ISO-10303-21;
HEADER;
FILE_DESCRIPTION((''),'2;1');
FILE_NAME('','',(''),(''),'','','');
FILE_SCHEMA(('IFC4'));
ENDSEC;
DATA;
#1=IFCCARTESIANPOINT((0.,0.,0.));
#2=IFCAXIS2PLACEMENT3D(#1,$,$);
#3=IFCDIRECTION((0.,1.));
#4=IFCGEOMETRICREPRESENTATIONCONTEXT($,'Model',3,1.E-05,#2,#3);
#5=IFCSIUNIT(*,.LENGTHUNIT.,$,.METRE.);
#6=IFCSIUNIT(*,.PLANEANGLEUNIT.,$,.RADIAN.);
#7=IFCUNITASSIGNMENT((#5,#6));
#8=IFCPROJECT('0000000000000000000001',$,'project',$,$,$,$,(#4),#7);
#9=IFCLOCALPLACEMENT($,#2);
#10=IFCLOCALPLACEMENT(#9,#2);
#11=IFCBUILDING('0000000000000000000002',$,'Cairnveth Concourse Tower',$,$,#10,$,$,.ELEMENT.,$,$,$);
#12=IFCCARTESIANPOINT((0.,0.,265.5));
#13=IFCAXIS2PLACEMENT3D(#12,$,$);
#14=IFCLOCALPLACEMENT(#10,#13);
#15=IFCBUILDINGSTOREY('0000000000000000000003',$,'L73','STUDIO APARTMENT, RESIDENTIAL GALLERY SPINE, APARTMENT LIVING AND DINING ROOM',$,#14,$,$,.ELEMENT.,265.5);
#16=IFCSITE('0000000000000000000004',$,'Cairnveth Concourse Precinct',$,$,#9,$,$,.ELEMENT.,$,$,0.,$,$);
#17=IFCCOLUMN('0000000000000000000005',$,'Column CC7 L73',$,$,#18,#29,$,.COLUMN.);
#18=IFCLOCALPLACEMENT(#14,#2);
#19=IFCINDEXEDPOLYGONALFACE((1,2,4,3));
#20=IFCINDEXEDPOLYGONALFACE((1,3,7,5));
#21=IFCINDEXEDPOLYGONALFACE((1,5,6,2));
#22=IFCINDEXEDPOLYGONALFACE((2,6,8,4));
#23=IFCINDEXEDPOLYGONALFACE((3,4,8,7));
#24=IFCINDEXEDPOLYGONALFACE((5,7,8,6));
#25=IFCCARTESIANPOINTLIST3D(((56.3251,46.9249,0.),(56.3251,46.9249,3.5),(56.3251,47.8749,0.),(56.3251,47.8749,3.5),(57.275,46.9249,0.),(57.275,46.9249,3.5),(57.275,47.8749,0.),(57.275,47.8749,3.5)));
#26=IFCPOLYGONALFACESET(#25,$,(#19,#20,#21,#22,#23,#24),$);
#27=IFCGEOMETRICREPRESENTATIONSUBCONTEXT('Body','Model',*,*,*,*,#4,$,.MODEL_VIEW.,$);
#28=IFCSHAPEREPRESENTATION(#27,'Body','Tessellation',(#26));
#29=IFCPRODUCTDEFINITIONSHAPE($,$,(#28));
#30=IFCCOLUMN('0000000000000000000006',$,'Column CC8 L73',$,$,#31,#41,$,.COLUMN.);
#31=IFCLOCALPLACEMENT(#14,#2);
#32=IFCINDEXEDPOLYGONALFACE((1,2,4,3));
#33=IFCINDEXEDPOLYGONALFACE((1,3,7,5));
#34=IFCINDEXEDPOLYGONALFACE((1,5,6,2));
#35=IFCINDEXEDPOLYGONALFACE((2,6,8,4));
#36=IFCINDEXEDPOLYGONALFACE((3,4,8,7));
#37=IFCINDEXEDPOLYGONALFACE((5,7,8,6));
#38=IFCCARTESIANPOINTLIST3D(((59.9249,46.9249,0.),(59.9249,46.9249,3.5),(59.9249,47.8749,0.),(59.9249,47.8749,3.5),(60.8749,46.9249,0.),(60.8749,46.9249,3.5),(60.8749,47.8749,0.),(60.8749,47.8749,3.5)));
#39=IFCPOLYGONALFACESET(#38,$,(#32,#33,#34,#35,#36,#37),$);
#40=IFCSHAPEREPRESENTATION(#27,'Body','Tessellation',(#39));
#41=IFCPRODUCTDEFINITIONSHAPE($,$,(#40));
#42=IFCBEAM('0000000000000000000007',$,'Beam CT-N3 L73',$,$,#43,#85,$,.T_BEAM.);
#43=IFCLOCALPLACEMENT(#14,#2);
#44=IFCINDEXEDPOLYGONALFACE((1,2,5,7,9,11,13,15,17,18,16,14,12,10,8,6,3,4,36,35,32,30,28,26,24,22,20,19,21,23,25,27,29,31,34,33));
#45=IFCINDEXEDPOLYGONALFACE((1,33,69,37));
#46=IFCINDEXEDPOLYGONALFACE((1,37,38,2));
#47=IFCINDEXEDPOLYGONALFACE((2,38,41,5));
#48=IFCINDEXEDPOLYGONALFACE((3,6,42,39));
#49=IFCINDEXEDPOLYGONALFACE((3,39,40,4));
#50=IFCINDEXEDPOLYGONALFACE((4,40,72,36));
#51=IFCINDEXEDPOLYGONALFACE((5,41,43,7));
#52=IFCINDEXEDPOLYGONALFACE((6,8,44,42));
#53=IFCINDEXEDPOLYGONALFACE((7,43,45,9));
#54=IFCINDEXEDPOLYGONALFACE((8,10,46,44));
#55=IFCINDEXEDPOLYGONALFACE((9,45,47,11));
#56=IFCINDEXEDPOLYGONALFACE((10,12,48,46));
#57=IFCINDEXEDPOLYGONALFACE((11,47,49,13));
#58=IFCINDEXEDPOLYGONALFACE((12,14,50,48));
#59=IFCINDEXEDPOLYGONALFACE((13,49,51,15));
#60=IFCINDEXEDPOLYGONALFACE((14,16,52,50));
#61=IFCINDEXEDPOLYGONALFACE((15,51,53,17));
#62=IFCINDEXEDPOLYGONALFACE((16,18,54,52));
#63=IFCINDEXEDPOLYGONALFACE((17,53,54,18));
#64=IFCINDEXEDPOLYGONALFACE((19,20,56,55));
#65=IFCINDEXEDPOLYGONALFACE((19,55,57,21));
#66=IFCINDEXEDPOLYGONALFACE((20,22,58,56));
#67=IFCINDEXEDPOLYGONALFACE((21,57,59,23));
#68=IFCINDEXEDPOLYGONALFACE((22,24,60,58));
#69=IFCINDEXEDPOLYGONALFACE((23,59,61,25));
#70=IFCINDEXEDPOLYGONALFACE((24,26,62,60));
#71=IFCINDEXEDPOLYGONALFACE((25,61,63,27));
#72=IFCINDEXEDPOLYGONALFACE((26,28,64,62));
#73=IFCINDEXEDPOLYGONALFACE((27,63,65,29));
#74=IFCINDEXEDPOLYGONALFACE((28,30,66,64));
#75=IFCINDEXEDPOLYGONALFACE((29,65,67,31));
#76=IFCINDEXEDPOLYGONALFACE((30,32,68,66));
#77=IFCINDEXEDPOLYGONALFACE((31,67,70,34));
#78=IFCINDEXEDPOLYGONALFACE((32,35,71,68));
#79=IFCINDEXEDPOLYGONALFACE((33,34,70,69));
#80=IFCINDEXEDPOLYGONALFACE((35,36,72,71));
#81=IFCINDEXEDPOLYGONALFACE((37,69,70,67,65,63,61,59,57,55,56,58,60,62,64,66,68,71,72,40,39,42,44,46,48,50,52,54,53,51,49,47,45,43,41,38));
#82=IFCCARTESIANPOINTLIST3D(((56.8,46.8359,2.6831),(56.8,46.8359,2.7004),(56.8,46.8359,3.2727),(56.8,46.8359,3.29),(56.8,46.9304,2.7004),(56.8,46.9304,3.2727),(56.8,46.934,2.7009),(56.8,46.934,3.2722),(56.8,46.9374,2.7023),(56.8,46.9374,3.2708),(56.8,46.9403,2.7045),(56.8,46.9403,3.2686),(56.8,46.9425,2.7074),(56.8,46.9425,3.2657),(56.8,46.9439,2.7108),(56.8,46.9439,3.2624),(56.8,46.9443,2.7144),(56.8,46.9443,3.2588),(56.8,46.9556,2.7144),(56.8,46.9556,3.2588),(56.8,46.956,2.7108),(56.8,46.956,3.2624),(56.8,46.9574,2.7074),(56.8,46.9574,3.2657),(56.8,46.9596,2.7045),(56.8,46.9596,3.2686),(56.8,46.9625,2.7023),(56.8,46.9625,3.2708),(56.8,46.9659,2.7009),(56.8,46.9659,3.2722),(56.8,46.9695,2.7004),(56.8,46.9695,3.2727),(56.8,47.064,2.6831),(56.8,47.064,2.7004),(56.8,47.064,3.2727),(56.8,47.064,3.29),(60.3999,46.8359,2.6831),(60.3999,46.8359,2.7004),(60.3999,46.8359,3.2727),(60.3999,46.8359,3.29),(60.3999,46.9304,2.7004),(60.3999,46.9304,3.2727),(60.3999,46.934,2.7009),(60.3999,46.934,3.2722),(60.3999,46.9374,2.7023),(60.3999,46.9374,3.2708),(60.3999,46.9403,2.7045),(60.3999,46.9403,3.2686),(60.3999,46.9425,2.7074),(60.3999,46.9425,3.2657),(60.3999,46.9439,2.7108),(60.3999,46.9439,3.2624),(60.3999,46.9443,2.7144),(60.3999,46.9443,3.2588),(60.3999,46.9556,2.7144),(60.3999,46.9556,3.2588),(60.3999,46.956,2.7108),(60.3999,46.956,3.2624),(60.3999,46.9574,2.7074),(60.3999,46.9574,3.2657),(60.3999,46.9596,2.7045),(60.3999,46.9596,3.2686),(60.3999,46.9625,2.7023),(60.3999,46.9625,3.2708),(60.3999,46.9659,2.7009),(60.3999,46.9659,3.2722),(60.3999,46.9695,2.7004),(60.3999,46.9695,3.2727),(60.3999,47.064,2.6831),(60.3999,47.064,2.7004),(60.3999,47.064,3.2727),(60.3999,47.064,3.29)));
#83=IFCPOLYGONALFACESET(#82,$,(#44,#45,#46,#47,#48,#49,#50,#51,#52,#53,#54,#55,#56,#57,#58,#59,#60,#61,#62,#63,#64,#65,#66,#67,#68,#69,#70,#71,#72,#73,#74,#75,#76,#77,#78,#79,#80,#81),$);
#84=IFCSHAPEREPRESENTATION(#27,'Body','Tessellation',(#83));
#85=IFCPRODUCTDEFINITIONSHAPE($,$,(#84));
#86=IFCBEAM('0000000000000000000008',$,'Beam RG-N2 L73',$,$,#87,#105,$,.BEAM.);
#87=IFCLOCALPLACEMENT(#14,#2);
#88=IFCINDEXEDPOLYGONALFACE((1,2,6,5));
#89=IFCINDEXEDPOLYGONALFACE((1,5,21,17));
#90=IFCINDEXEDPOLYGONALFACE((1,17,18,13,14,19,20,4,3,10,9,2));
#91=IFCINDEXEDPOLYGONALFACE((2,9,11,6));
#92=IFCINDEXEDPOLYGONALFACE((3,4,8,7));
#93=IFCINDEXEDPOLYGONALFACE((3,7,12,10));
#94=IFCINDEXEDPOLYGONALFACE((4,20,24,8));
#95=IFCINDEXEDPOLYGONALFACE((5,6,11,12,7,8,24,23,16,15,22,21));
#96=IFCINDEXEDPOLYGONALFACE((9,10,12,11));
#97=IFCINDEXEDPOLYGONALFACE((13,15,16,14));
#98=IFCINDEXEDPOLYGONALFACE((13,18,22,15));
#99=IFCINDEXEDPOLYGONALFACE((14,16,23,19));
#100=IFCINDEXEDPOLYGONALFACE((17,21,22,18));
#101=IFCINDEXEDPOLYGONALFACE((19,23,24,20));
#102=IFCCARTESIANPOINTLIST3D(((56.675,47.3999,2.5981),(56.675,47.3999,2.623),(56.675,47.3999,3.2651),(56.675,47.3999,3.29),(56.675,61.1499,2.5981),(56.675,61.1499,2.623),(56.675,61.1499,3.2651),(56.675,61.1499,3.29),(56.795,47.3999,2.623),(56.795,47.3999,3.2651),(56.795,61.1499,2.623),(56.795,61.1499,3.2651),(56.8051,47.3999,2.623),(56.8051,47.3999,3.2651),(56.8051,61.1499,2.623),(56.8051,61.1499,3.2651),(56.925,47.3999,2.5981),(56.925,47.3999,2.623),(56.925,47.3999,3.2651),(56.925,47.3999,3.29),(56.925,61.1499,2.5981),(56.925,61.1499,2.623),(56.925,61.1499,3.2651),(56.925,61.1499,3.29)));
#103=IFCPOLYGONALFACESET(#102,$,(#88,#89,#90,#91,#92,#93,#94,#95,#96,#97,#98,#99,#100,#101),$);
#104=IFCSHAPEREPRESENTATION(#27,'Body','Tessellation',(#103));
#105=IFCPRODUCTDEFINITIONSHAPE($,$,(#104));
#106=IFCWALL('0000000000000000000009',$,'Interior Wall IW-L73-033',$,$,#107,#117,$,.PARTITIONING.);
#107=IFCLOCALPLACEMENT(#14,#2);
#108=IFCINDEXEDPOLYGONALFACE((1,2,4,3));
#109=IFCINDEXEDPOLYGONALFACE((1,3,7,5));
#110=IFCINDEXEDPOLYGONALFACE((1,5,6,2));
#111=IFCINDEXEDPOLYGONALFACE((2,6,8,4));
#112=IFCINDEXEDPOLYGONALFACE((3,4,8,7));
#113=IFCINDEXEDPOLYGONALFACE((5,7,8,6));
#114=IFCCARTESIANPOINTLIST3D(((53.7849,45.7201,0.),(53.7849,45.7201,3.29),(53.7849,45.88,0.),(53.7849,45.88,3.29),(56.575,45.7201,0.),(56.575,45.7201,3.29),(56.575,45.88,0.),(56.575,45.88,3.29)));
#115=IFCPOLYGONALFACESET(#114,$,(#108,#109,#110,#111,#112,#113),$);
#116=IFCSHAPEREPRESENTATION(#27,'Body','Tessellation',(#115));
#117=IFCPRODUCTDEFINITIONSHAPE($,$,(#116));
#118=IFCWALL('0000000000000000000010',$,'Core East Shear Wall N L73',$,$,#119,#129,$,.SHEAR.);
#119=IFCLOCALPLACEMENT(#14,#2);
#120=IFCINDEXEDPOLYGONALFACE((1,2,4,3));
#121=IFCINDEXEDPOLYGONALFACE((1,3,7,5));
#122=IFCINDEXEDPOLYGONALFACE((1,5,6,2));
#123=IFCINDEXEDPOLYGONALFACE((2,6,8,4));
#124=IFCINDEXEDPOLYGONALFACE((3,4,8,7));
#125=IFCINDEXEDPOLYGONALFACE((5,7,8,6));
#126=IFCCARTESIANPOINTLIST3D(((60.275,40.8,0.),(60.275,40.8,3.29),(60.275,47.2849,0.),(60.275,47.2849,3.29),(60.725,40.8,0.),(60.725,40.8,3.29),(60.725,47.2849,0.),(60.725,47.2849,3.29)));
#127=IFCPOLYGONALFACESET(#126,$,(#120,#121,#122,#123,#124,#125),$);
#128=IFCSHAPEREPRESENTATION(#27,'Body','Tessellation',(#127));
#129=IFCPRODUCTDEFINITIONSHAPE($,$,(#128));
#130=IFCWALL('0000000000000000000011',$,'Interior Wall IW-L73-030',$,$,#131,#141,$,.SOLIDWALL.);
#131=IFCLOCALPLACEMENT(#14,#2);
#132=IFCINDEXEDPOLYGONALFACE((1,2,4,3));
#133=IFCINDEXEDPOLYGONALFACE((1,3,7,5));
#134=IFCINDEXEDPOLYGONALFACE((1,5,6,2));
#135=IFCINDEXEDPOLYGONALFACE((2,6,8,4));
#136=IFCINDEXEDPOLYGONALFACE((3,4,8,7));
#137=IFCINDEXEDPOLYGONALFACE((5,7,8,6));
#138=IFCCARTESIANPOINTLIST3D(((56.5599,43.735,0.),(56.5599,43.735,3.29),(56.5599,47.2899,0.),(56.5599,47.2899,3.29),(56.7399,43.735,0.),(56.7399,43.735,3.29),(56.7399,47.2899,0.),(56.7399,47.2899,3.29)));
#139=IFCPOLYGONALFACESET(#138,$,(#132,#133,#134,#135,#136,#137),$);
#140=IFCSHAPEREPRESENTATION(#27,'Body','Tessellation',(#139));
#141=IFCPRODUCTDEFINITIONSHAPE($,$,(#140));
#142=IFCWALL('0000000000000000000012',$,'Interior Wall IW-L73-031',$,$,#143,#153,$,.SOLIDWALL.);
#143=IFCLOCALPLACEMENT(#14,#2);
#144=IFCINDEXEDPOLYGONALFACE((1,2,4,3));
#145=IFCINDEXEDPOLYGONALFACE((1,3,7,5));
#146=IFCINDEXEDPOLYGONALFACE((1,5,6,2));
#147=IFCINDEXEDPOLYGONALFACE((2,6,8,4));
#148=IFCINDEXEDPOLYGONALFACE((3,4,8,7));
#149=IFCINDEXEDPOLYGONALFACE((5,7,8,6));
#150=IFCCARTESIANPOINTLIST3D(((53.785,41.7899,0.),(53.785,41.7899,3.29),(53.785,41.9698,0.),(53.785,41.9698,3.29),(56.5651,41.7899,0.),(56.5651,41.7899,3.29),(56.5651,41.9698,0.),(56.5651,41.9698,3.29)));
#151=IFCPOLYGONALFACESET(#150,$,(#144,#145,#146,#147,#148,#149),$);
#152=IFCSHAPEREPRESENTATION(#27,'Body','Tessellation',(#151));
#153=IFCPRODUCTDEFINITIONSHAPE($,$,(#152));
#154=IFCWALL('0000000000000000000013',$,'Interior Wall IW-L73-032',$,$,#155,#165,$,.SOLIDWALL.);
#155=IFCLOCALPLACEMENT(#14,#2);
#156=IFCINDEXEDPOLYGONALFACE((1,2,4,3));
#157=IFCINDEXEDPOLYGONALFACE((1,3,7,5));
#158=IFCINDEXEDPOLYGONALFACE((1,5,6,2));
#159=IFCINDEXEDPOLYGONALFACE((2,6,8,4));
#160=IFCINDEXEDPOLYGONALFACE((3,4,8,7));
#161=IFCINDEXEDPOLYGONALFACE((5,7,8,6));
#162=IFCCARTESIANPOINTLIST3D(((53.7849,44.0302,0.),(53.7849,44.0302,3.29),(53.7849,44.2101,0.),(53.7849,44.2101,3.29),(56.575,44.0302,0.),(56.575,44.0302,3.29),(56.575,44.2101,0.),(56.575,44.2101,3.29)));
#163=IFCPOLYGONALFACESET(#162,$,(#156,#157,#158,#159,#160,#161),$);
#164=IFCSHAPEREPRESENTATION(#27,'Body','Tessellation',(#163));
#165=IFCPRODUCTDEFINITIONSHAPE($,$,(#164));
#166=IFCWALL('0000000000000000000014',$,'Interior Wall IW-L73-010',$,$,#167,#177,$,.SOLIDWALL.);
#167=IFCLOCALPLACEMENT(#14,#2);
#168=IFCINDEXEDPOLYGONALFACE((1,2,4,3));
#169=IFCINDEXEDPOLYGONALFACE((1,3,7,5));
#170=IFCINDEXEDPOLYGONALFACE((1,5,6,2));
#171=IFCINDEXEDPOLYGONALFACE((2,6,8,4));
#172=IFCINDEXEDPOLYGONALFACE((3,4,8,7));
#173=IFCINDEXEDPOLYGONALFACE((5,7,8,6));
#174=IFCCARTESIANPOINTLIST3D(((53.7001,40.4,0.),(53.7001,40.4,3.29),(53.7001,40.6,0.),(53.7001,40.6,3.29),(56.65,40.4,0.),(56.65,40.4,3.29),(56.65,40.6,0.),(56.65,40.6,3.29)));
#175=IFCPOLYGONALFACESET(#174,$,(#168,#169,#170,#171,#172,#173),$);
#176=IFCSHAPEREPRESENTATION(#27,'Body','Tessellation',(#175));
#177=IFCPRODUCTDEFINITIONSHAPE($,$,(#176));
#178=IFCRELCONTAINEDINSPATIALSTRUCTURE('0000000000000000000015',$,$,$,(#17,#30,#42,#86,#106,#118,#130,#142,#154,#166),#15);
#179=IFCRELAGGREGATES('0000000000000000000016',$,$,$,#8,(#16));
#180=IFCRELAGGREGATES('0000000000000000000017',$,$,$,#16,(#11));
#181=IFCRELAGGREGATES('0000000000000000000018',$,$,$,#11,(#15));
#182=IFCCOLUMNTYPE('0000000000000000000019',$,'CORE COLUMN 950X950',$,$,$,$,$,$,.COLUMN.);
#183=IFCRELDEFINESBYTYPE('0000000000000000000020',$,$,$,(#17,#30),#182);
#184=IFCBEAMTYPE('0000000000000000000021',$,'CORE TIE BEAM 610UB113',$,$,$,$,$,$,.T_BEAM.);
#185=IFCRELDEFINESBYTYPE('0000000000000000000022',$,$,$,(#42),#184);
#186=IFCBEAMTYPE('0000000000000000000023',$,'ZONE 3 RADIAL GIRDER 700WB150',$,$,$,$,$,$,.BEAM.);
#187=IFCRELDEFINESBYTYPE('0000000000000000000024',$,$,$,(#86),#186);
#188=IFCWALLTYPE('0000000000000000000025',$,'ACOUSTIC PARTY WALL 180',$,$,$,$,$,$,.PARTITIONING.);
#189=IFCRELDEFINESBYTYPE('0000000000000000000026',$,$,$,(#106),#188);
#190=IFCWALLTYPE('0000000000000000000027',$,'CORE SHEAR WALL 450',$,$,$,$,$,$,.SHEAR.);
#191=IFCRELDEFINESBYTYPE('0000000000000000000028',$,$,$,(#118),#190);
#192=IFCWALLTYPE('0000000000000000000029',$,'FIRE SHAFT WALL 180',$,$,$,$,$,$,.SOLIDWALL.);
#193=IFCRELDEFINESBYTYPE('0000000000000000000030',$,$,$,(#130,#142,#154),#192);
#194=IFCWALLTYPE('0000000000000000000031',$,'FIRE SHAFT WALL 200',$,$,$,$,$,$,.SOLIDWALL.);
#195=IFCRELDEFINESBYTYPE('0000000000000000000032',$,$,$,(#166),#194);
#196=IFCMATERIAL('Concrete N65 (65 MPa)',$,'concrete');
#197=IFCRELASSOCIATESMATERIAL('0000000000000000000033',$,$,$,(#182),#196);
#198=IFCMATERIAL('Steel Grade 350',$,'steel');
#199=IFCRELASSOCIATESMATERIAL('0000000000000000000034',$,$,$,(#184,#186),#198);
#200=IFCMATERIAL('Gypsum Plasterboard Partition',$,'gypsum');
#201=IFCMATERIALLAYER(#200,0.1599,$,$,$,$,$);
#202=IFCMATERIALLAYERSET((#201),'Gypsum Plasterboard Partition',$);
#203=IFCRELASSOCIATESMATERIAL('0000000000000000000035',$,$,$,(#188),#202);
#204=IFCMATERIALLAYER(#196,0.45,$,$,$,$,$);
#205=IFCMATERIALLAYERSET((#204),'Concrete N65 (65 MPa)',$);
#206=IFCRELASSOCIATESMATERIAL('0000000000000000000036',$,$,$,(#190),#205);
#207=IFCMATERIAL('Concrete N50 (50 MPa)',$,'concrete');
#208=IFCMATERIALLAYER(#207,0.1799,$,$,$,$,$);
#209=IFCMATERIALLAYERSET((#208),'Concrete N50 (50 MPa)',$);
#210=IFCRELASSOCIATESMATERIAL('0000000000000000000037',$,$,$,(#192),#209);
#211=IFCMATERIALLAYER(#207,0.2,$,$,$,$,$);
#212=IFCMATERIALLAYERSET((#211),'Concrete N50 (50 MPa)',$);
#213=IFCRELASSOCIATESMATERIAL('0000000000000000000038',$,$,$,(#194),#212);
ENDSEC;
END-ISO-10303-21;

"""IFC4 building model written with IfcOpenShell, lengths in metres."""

from ifc_helpers import new_model, si_unit, direction, frame, frame_2d, origin, origin_2d, place, context, subcontext, project, spatial, rectangle, i_section, extrude, material, layer, layer_set, material_profile, profile_set, type_object, element, save


model = new_model("IFC4")

# Units and contexts
model_context = context("Model", 3, precision=1e-05, world=origin(), true_north=direction((0.0, 1.0)))
body_context = subcontext(model_context, "Body", "Model", "MODEL_VIEW")
ifc_project = project(units=[si_unit("LENGTHUNIT", "METRE"), si_unit("PLANEANGLEUNIT", "RADIAN")], contexts=[model_context])

# Site, building, storey
site_placement = place(None, origin())
site = spatial("IfcSite", under=ifc_project, at=site_placement, Name="Cairnveth Concourse Precinct", CompositionType="ELEMENT", RefElevation=0.0)
building_placement = place(site_placement, origin())
building = spatial("IfcBuilding", under=site, at=building_placement, Name="Cairnveth Concourse Tower", CompositionType="ELEMENT")
storey_placement = place(building_placement, frame((0.0, 0.0, 265.5)))
storey = spatial("IfcBuildingStorey", under=building, at=storey_placement, Name="L73", Description="STUDIO APARTMENT, RESIDENTIAL GALLERY SPINE, APARTMENT LIVING AND DINING ROOM", CompositionType="ELEMENT", Elevation=265.5)

# Columns
ifc_material_1 = material(Name="Concrete N65 (65 MPa)", Category="concrete")
ifc_material_profile_1 = material_profile(ifc_material_1, rectangle(XDim=0.95, YDim=0.95, at=origin_2d()), Name="RC-COL-950x950")
ifc_profile_set_1 = profile_set([ifc_material_profile_1], Name="Concrete N65 (65 MPa)")
column_type = type_object("IfcColumnType", Name="CORE COLUMN 950X950", PredefinedType="COLUMN", material=ifc_profile_set_1)
for number, where, z_axis, x_axis, name in (
    (1, (56.8, 47.3999, 0.0), (0.0, 0.0, 1.0), (1.0, 0.0, 0.0), "Column CC7 L73"),
    (2, (60.3999, 47.3999, 0.0), (0.0, 0.0, 1.0), (1.0, 0.0, 0.0), "Column CC8 L73"),
):
    element("IfcColumn", number, at=place(storey_placement, frame(where, z_axis=z_axis, x_axis=x_axis)), inside=storey, type_object=column_type, Name=name, PredefinedType="COLUMN", context=body_context, shape_type="SweptSolid", body=[
        extrude(rectangle(XDim=0.95, YDim=0.95, at=origin_2d()), origin(), (0.0, 0.0, 1.0), 3.5),
    ])

# Beams
ifc_material_2 = material(Name="Steel Grade 350", Category="steel")
ifc_material_profile_2 = material_profile(ifc_material_2, i_section(OverallWidth=0.228, OverallDepth=0.6069, WebThickness=0.0112, FlangeThickness=0.0173, FilletRadius=0.0139, at=origin_2d()), Name="610UB113")
ifc_profile_set_2 = profile_set([ifc_material_profile_2], Name="Steel Grade 350")
beam_type_1 = type_object("IfcBeamType", Name="CORE TIE BEAM 610UB113", PredefinedType="T_BEAM", material=ifc_profile_set_2)
beam_1_placement = place(storey_placement, frame((56.8, 46.95, 2.9866), z_axis=(1.0, 0.0, 0.0), x_axis=(0.0, 1.0, 0.0)))
element("IfcBeam", 3, at=beam_1_placement, inside=storey, type_object=beam_type_1, Name="Beam CT-N3 L73", PredefinedType="T_BEAM", context=body_context, shape_type="SweptSolid", body=[
    extrude(i_section(OverallWidth=0.228, OverallDepth=0.6069, WebThickness=0.0112, FlangeThickness=0.0173, FilletRadius=0.0139, at=origin_2d()), origin(), (0.0, 0.0, 1.0), 3.5999),
])
ifc_material_profile_3 = material_profile(ifc_material_2, i_section(OverallWidth=0.25, OverallDepth=0.6919, WebThickness=0.01, FlangeThickness=0.0249, at=origin_2d()), Name="700WB150")
ifc_profile_set_3 = profile_set([ifc_material_profile_3], Name="Steel Grade 350")
beam_type_2 = type_object("IfcBeamType", Name="ZONE 3 RADIAL GIRDER 700WB150", PredefinedType="BEAM", material=ifc_profile_set_3)
beam_2_placement = place(storey_placement, frame((56.8, 47.3999, 2.9441), z_axis=(0.0, 1.0, 0.0), x_axis=(-1.0, 0.0, 0.0)))
element("IfcBeam", 4, at=beam_2_placement, inside=storey, type_object=beam_type_2, Name="Beam RG-N2 L73", PredefinedType="BEAM", context=body_context, shape_type="SweptSolid", body=[
    extrude(i_section(OverallWidth=0.25, OverallDepth=0.6919, WebThickness=0.01, FlangeThickness=0.0249, at=origin_2d()), origin(), (0.0, 0.0, 1.0), 13.75),
])

# Walls
ifc_material_3 = material(Name="Gypsum Plasterboard Partition", Category="gypsum")
ifc_layer_1 = layer(ifc_material_3, 0.1599)
ifc_layer_set_1 = layer_set([ifc_layer_1], Name="Gypsum Plasterboard Partition")
wall_type_1 = type_object("IfcWallType", Name="ACOUSTIC PARTY WALL 180", PredefinedType="PARTITIONING", material=ifc_layer_set_1)
wall_1_placement = place(storey_placement, frame((53.7849, 45.8, 0.0), z_axis=(0.0, 0.0, 1.0), x_axis=(1.0, 0.0, 0.0)))
element("IfcWall", 5, at=wall_1_placement, inside=storey, type_object=wall_type_1, Name="Interior Wall IW-L73-033", PredefinedType="PARTITIONING", context=body_context, shape_type="SweptSolid", body=[
    extrude(rectangle(XDim=2.79, YDim=0.1599, at=frame_2d((1.395, 0.0))), origin(), (0.0, 0.0, 1.0), 3.29),
])
ifc_layer_2 = layer(ifc_material_1, 0.45)
ifc_layer_set_2 = layer_set([ifc_layer_2], Name="Concrete N65 (65 MPa)")
wall_type_2 = type_object("IfcWallType", Name="CORE SHEAR WALL 450", PredefinedType="SHEAR", material=ifc_layer_set_2)
wall_2_placement = place(storey_placement, frame((60.5, 40.8, 0.0), z_axis=(0.0, 0.0, 1.0), x_axis=(0.0, 1.0, 0.0)))
element("IfcWall", 6, at=wall_2_placement, inside=storey, type_object=wall_type_2, Name="Core East Shear Wall N L73", PredefinedType="SHEAR", context=body_context, shape_type="SweptSolid", body=[
    extrude(rectangle(XDim=6.4849, YDim=0.45, at=frame_2d((3.2424, 0.0))), origin(), (0.0, 0.0, 1.0), 3.29),
])
ifc_material_4 = material(Name="Concrete N50 (50 MPa)", Category="concrete")
ifc_layer_3 = layer(ifc_material_4, 0.1799)
ifc_layer_set_3 = layer_set([ifc_layer_3], Name="Concrete N50 (50 MPa)")
wall_type_3 = type_object("IfcWallType", Name="FIRE SHAFT WALL 180", PredefinedType="SOLIDWALL", material=ifc_layer_set_3)
wall_3_placement = place(storey_placement, frame((56.6499, 43.7351, 0.0), z_axis=(0.0, 0.0, 1.0), x_axis=(0.0, 1.0, 0.0)))
element("IfcWall", 7, at=wall_3_placement, inside=storey, type_object=wall_type_3, Name="Interior Wall IW-L73-030", PredefinedType="SOLIDWALL", context=body_context, shape_type="SweptSolid", body=[
    extrude(rectangle(XDim=3.5549, YDim=0.1799, at=frame_2d((1.7773, 0.0))), origin(), (0.0, 0.0, 1.0), 3.29),
])
wall_4_placement = place(storey_placement, frame((53.7849, 41.8799, 0.0), z_axis=(0.0, 0.0, 1.0), x_axis=(1.0, 0.0, 0.0)))
element("IfcWall", 8, at=wall_4_placement, inside=storey, type_object=wall_type_3, Name="Interior Wall IW-L73-031", PredefinedType="SOLIDWALL", context=body_context, shape_type="SweptSolid", body=[
    extrude(rectangle(XDim=2.78, YDim=0.1799, at=frame_2d((1.3901, 0.0))), origin(), (0.0, 0.0, 1.0), 3.29),
])
wall_5_placement = place(storey_placement, frame((53.7849, 44.1201, 0.0), z_axis=(0.0, 0.0, 1.0), x_axis=(1.0, 0.0, 0.0)))
element("IfcWall", 9, at=wall_5_placement, inside=storey, type_object=wall_type_3, Name="Interior Wall IW-L73-032", PredefinedType="SOLIDWALL", context=body_context, shape_type="SweptSolid", body=[
    extrude(rectangle(XDim=2.79, YDim=0.1799, at=frame_2d((1.395, 0.0))), origin(), (0.0, 0.0, 1.0), 3.29),
])
ifc_layer_4 = layer(ifc_material_4, 0.2)
ifc_layer_set_4 = layer_set([ifc_layer_4], Name="Concrete N50 (50 MPa)")
wall_type_4 = type_object("IfcWallType", Name="FIRE SHAFT WALL 200", PredefinedType="SOLIDWALL", material=ifc_layer_set_4)
wall_6_placement = place(storey_placement, frame((53.7, 40.5, 0.0), z_axis=(0.0, 0.0, 1.0), x_axis=(1.0, 0.0, 0.0)))
element("IfcWall", 10, at=wall_6_placement, inside=storey, type_object=wall_type_4, Name="Interior Wall IW-L73-010", PredefinedType="SOLIDWALL", context=body_context, shape_type="SweptSolid", body=[
    extrude(rectangle(XDim=2.95, YDim=0.2, at=frame_2d((1.4751, 0.0))), origin(), (0.0, 0.0, 1.0), 3.29),
])

save(model, "model.ifc")
